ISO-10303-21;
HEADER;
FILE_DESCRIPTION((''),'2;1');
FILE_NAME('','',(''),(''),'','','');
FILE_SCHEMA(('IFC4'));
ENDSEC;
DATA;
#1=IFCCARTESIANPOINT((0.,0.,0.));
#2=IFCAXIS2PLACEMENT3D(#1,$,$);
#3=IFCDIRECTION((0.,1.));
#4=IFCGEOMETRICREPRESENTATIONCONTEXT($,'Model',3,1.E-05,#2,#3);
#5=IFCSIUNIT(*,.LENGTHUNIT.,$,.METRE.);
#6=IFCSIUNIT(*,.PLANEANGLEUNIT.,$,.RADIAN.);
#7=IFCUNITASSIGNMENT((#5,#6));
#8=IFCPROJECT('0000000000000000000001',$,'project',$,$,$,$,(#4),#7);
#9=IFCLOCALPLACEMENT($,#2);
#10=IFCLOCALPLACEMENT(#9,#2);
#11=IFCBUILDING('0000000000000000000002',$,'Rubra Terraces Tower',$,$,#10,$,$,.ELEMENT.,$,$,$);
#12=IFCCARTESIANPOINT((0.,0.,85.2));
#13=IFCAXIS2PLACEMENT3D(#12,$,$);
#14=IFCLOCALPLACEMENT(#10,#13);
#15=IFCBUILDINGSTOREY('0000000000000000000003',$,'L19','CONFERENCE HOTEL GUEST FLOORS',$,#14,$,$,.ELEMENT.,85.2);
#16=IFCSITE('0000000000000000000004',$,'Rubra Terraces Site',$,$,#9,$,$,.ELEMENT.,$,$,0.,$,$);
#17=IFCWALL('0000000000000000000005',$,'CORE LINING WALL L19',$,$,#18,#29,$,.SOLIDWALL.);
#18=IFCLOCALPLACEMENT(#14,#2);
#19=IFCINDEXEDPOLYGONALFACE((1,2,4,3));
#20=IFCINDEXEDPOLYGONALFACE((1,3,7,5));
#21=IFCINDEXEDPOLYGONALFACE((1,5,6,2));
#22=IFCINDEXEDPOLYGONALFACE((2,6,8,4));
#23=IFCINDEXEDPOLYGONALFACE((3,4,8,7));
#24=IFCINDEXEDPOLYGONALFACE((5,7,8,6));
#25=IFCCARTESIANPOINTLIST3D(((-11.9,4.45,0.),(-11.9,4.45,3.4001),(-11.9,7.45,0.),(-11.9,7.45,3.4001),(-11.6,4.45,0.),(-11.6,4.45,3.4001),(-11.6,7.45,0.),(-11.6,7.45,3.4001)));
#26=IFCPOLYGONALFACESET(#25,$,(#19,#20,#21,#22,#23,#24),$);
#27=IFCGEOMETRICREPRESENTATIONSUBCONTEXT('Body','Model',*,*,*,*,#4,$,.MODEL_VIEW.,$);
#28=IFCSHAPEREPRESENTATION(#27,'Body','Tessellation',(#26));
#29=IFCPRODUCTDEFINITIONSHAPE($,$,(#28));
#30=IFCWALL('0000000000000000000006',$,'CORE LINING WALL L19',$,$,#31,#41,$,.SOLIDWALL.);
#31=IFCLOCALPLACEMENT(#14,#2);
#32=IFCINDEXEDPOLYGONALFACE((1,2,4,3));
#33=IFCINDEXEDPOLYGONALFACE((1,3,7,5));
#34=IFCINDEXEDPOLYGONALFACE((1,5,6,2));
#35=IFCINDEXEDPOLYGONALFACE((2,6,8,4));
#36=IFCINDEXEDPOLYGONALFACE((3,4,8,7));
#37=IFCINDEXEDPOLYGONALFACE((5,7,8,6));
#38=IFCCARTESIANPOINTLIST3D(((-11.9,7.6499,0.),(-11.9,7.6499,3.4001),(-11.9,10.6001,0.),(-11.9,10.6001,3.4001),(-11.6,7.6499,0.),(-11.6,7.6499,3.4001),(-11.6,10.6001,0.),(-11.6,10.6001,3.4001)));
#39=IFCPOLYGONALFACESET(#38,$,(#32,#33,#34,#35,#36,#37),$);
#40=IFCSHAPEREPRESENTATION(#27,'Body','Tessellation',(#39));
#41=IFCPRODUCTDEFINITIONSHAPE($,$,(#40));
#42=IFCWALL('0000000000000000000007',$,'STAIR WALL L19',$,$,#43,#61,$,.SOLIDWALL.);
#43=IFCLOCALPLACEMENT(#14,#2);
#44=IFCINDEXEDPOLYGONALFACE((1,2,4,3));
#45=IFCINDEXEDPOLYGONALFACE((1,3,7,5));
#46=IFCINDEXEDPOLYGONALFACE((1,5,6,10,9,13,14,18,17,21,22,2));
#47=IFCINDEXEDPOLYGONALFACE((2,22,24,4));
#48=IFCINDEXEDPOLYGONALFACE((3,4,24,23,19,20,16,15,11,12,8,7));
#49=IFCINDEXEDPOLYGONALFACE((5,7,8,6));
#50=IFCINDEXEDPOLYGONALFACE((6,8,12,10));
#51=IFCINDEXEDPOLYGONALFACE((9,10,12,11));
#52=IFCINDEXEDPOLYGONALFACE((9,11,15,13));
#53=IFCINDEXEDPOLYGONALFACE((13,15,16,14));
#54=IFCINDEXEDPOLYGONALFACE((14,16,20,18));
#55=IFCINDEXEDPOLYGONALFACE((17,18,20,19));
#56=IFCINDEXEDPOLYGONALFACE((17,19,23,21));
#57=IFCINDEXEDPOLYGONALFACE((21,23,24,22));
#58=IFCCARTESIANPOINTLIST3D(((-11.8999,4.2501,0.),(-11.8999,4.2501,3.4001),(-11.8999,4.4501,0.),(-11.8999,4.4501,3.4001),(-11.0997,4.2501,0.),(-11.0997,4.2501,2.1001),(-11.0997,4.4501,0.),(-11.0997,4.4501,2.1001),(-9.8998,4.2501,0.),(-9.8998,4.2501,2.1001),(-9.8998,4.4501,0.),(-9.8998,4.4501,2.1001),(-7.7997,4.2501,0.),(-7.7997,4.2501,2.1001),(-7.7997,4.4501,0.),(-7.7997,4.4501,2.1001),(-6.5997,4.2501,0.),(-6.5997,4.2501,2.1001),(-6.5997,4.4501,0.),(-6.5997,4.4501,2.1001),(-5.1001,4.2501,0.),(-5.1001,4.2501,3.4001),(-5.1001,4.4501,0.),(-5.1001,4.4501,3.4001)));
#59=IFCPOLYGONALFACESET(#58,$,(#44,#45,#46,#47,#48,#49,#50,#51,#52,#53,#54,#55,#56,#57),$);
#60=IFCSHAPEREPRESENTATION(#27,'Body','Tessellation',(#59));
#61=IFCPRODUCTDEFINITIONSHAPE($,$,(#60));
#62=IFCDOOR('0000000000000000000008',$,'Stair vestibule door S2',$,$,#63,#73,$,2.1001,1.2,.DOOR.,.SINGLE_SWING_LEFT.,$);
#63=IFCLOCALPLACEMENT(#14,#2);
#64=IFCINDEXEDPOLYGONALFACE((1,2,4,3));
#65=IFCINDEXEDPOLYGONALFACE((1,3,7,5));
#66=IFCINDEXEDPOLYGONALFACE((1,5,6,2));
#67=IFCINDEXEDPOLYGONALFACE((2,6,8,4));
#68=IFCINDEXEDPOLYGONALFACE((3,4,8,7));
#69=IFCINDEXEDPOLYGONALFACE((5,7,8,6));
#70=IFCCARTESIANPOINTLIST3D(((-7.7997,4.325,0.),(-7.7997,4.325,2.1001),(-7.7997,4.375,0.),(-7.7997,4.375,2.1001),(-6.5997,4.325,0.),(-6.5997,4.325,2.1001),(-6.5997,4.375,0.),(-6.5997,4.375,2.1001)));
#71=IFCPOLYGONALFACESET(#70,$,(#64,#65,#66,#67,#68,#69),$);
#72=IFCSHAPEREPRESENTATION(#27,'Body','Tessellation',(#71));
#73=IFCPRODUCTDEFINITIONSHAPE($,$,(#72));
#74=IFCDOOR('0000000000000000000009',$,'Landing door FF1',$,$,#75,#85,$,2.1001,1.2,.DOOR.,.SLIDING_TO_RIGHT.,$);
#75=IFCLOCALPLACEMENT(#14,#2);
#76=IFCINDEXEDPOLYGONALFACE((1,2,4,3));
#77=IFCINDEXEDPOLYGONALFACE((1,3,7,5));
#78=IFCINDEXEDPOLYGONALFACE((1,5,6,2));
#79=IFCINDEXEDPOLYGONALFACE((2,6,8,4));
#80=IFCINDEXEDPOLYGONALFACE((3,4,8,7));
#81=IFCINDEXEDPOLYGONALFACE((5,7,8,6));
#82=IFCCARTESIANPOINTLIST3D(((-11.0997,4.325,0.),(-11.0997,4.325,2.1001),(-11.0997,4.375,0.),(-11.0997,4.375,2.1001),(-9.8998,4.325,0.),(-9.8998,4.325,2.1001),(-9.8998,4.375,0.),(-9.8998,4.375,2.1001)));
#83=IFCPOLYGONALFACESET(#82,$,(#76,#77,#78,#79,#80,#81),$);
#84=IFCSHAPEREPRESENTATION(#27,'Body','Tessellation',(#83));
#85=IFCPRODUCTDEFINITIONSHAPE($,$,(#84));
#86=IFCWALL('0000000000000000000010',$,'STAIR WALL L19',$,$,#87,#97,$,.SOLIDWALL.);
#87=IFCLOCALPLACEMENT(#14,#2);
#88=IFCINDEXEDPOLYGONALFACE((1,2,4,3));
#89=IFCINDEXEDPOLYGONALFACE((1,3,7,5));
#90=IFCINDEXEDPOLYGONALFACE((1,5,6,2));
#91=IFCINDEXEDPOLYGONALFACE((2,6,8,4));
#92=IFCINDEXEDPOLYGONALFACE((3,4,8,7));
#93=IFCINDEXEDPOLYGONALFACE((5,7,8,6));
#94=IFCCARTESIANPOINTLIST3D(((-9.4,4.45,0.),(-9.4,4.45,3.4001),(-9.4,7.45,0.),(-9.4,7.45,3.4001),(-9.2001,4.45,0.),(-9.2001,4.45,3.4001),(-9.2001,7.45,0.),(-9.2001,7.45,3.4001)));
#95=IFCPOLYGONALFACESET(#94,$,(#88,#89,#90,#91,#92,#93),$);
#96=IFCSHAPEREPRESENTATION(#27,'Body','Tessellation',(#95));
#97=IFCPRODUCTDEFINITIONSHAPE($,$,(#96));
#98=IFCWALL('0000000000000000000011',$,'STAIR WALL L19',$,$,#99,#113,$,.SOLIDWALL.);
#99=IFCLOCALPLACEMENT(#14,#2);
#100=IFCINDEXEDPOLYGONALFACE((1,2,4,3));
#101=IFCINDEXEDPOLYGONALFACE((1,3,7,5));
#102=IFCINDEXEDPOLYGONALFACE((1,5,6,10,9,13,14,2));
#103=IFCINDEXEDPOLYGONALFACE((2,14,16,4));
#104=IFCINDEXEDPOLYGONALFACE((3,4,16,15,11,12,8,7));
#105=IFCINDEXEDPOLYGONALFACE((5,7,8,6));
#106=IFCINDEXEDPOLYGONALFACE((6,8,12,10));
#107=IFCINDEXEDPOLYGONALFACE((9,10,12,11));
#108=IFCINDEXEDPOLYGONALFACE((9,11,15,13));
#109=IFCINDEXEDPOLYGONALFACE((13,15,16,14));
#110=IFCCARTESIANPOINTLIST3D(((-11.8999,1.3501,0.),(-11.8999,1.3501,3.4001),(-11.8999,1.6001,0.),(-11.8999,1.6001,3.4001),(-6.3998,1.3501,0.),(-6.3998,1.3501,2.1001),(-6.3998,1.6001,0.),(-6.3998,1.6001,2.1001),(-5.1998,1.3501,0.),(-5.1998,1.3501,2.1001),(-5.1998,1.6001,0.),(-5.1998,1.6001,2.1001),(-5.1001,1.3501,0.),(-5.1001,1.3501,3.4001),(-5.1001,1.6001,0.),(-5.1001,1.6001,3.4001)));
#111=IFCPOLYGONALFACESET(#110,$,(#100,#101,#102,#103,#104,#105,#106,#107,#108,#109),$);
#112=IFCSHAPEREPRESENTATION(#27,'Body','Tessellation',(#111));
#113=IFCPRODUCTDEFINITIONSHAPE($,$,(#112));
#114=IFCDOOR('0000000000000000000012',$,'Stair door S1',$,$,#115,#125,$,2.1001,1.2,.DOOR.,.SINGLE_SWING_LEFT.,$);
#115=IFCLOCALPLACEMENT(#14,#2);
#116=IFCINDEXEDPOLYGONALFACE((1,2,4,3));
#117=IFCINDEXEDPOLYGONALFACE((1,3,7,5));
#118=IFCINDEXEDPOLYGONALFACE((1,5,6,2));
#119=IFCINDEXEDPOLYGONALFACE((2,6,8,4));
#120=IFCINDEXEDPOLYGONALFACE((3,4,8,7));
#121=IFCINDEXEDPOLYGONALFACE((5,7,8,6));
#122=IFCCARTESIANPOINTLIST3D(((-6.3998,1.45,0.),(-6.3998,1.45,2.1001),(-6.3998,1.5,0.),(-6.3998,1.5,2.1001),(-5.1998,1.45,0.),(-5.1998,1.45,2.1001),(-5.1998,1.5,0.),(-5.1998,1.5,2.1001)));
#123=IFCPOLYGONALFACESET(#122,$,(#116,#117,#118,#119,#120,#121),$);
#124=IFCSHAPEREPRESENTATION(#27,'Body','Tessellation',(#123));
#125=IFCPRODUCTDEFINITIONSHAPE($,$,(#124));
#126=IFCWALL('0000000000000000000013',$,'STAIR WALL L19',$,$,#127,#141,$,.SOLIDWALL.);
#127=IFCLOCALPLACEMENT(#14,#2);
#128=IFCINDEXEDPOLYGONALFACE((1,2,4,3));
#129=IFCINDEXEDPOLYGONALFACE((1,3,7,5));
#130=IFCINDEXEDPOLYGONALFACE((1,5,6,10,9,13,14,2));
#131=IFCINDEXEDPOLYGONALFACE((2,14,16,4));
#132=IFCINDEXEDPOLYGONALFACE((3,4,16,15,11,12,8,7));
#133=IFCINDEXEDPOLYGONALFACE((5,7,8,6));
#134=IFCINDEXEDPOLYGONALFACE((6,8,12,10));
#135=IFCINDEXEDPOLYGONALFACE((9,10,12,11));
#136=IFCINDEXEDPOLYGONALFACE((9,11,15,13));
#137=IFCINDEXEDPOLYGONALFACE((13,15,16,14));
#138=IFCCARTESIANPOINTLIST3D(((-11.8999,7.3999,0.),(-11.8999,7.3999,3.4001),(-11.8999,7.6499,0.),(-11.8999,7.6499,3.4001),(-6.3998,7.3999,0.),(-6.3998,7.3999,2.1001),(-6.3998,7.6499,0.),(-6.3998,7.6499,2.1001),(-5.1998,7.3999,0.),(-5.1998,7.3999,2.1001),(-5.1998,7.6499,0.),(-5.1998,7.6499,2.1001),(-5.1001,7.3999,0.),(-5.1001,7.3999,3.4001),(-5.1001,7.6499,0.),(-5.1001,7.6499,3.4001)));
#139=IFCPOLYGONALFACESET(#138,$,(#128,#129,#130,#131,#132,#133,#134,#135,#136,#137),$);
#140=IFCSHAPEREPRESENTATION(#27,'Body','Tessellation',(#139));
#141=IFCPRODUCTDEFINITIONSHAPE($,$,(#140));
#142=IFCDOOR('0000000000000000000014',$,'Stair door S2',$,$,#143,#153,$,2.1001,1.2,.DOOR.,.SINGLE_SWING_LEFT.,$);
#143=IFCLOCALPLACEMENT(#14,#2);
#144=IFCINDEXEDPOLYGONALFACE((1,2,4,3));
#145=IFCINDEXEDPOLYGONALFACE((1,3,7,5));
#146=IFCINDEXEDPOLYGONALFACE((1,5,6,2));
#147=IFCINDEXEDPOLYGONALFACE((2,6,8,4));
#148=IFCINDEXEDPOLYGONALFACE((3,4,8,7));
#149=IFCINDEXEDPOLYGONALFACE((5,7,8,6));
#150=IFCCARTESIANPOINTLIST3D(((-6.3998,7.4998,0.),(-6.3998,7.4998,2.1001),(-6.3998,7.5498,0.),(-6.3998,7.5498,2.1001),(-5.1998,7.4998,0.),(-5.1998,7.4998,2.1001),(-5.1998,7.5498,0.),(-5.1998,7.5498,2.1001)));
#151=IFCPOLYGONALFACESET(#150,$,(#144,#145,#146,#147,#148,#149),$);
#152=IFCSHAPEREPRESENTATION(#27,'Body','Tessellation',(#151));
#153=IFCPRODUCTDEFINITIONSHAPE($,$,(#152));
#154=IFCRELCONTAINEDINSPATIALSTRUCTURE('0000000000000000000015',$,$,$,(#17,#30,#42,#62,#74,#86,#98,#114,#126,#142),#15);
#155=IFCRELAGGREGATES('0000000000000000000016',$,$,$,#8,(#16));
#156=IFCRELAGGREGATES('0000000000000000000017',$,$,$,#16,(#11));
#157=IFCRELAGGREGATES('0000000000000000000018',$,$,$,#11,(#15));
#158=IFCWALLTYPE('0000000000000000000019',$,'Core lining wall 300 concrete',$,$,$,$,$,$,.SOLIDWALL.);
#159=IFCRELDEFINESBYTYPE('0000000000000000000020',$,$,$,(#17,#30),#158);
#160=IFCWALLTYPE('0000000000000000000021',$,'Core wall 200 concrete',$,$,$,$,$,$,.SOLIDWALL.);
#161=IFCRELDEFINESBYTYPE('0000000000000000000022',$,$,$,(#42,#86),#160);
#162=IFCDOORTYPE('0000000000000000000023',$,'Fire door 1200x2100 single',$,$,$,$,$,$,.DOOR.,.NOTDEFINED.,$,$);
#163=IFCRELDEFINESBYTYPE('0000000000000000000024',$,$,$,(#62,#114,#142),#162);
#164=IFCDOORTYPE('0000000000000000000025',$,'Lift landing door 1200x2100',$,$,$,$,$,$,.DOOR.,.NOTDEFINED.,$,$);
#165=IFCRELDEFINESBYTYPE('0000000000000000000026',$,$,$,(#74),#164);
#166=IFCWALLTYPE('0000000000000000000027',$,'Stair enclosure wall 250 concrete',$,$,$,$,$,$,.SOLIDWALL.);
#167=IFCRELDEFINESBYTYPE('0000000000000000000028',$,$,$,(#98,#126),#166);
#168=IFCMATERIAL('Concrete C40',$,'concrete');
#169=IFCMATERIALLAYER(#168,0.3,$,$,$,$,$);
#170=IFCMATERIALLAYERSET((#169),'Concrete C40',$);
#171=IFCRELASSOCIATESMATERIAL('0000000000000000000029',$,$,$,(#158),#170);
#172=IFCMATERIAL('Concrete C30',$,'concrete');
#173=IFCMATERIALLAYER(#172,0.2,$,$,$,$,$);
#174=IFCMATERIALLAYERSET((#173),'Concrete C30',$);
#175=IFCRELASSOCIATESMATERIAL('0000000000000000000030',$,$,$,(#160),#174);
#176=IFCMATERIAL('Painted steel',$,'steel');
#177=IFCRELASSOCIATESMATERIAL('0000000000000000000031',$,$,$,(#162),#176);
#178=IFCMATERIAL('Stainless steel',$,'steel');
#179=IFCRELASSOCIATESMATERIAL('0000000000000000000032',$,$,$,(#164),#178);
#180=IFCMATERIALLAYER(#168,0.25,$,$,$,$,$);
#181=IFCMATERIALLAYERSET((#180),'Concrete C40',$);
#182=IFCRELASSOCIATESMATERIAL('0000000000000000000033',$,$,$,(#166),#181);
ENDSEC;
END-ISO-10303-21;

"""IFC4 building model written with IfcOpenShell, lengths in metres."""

from ifc_helpers import new_model, si_unit, direction, frame, frame_2d, origin, place, context, subcontext, project, spatial, rectangle, extrude, material, layer, layer_set, type_object, element, fill, save


model = new_model("IFC4")

# Units and contexts
model_context = context("Model", 3, precision=1e-05, world=origin(), true_north=direction((0.0, 1.0)))
body_context = subcontext(model_context, "Body", "Model", "MODEL_VIEW")
ifc_project = project(units=[si_unit("LENGTHUNIT", "METRE"), si_unit("PLANEANGLEUNIT", "RADIAN")], contexts=[model_context])

# Site, building, storey
site_placement = place(None, origin())
site = spatial("IfcSite", under=ifc_project, at=site_placement, Name="Rubra Terraces Site", CompositionType="ELEMENT", RefElevation=0.0)
building_placement = place(site_placement, origin())
building = spatial("IfcBuilding", under=site, at=building_placement, Name="Rubra Terraces Tower", CompositionType="ELEMENT")
storey_placement = place(building_placement, frame((0.0, 0.0, 85.2)))
storey = spatial("IfcBuildingStorey", under=building, at=storey_placement, Name="L19", Description="CONFERENCE HOTEL GUEST FLOORS", CompositionType="ELEMENT", Elevation=85.2)

# Walls
ifc_material_1 = material(Name="Concrete C40", Category="concrete")
ifc_layer_1 = layer(ifc_material_1, 0.3)
ifc_layer_set_1 = layer_set([ifc_layer_1], Name="Concrete C40")
wall_type_1 = type_object("IfcWallType", Name="Core lining wall 300 concrete", PredefinedType="SOLIDWALL", material=ifc_layer_set_1)
wall_1_placement = place(storey_placement, frame((-11.75, 4.45, 0.0), z_axis=(0.0, 0.0, 1.0), x_axis=(0.0, 1.0, 0.0)))
element("IfcWall", 1, at=wall_1_placement, inside=storey, type_object=wall_type_1, Name="CORE LINING WALL L19", PredefinedType="SOLIDWALL", context=body_context, shape_type="SweptSolid", body=[
    extrude(rectangle(XDim=3.0, YDim=0.3, at=frame_2d((1.5, 0.0))), origin(), (0.0, 0.0, 1.0), 3.4001),
])
wall_2_placement = place(storey_placement, frame((-11.75, 7.6499, 0.0), z_axis=(0.0, 0.0, 1.0), x_axis=(0.0, 1.0, 0.0)))
element("IfcWall", 2, at=wall_2_placement, inside=storey, type_object=wall_type_1, Name="CORE LINING WALL L19", PredefinedType="SOLIDWALL", context=body_context, shape_type="SweptSolid", body=[
    extrude(rectangle(XDim=2.9502, YDim=0.3, at=frame_2d((1.4751, 0.0))), origin(), (0.0, 0.0, 1.0), 3.4001),
])

# Wall, openings, doors
ifc_material_2 = material(Name="Concrete C30", Category="concrete")
ifc_layer_2 = layer(ifc_material_2, 0.2)
ifc_layer_set_2 = layer_set([ifc_layer_2], Name="Concrete C30")
wall_type_2 = type_object("IfcWallType", Name="Core wall 200 concrete", PredefinedType="SOLIDWALL", material=ifc_layer_set_2)
wall_3_placement = place(storey_placement, frame((-11.8999, 4.3501, 0.0), z_axis=(0.0, 0.0, 1.0), x_axis=(1.0, 0.0, 0.0)))
wall_3 = element("IfcWall", 3, at=wall_3_placement, inside=storey, type_object=wall_type_2, Name="STAIR WALL L19", PredefinedType="SOLIDWALL", context=body_context, shape_type="SweptSolid", body=[
    extrude(rectangle(XDim=6.7998, YDim=0.2, at=frame_2d((3.3999, 0.0))), origin(), (0.0, 0.0, 1.0), 3.4001),
])
opening_1_placement = place(wall_3_placement, frame((4.1001, 0.0, 0.0)))
opening_1 = element("IfcOpeningElement", 4, at=opening_1_placement, cuts=wall_3, PredefinedType="OPENING", context=body_context, shape_type="SweptSolid", body=[
    extrude(rectangle(XDim=1.2, YDim=2.1001, at=frame_2d((0.6001, 1.05))), frame((0.0, 0.1099, 0.0), z_axis=(0.0, -1.0, 0.0), x_axis=(1.0, 0.0, 0.0)), (0.0, 0.0, 1.0), 0.22),
])
opening_2_placement = place(wall_3_placement, frame((0.8, 0.0, 0.0)))
opening_2 = element("IfcOpeningElement", 5, at=opening_2_placement, cuts=wall_3, PredefinedType="OPENING", context=body_context, shape_type="SweptSolid", body=[
    extrude(rectangle(XDim=1.2, YDim=2.1001, at=frame_2d((0.6001, 1.05))), frame((0.0, 0.1099, 0.0), z_axis=(0.0, -1.0, 0.0), x_axis=(1.0, 0.0, 0.0)), (0.0, 0.0, 1.0), 0.22),
])
ifc_material_3 = material(Name="Painted steel", Category="steel")
door_type_1 = type_object("IfcDoorType", Name="Fire door 1200x2100 single", OperationType="NOTDEFINED", PredefinedType="DOOR", material=ifc_material_3)
door_1_placement = place(opening_1_placement, origin())
door_1 = element("IfcDoor", 6, at=door_1_placement, inside=storey, type_object=door_type_1, Name="Stair vestibule door S2", OperationType="SINGLE_SWING_LEFT", OverallHeight=2.1001, OverallWidth=1.2, PredefinedType="DOOR", context=body_context, shape_type="SweptSolid", body=[
    extrude(rectangle(XDim=1.2, YDim=2.1001, at=frame_2d((0.6001, 1.05))), frame((0.0, 0.0249, 0.0), z_axis=(0.0, -1.0, 0.0), x_axis=(1.0, 0.0, 0.0)), (0.0, 0.0, 1.0), 0.05),
])
fill(opening_1, door_1)
ifc_material_4 = material(Name="Stainless steel", Category="steel")
door_type_2 = type_object("IfcDoorType", Name="Lift landing door 1200x2100", OperationType="NOTDEFINED", PredefinedType="DOOR", material=ifc_material_4)
door_2_placement = place(opening_2_placement, origin())
door_2 = element("IfcDoor", 7, at=door_2_placement, inside=storey, type_object=door_type_2, Name="Landing door FF1", OperationType="SLIDING_TO_RIGHT", OverallHeight=2.1001, OverallWidth=1.2, PredefinedType="DOOR", context=body_context, shape_type="SweptSolid", body=[
    extrude(rectangle(XDim=1.2, YDim=2.1001, at=frame_2d((0.6001, 1.05))), frame((0.0, 0.0249, 0.0), z_axis=(0.0, -1.0, 0.0), x_axis=(1.0, 0.0, 0.0)), (0.0, 0.0, 1.0), 0.05),
])
fill(opening_2, door_2)

# Wall
wall_4_placement = place(storey_placement, frame((-9.3, 4.45, 0.0), z_axis=(0.0, 0.0, 1.0), x_axis=(0.0, 1.0, 0.0)))
element("IfcWall", 8, at=wall_4_placement, inside=storey, type_object=wall_type_2, Name="STAIR WALL L19", PredefinedType="SOLIDWALL", context=body_context, shape_type="SweptSolid", body=[
    extrude(rectangle(XDim=3.0, YDim=0.2, at=frame_2d((1.5, 0.0))), origin(), (0.0, 0.0, 1.0), 3.4001),
])

# Walls, openings, doors
ifc_layer_3 = layer(ifc_material_1, 0.25)
ifc_layer_set_3 = layer_set([ifc_layer_3], Name="Concrete C40")
wall_type_3 = type_object("IfcWallType", Name="Stair enclosure wall 250 concrete", PredefinedType="SOLIDWALL", material=ifc_layer_set_3)
wall_5_placement = place(storey_placement, frame((-11.8999, 1.4751, 0.0), z_axis=(0.0, 0.0, 1.0), x_axis=(1.0, 0.0, 0.0)))
wall_5 = element("IfcWall", 9, at=wall_5_placement, inside=storey, type_object=wall_type_3, Name="STAIR WALL L19", PredefinedType="SOLIDWALL", context=body_context, shape_type="SweptSolid", body=[
    extrude(rectangle(XDim=6.7998, YDim=0.25, at=frame_2d((3.3999, 0.0))), origin(), (0.0, 0.0, 1.0), 3.4001),
])
opening_3_placement = place(wall_5_placement, frame((5.5, 0.0, 0.0)))
opening_3 = element("IfcOpeningElement", 10, at=opening_3_placement, cuts=wall_5, PredefinedType="OPENING", context=body_context, shape_type="SweptSolid", body=[
    extrude(rectangle(XDim=1.2, YDim=2.1001, at=frame_2d((0.6001, 1.05))), frame((0.0, 0.135, 0.0), z_axis=(0.0, -1.0, 0.0), x_axis=(1.0, 0.0, 0.0)), (0.0, 0.0, 1.0), 0.27),
])
door_3_placement = place(opening_3_placement, origin())
door_3 = element("IfcDoor", 11, at=door_3_placement, inside=storey, type_object=door_type_1, Name="Stair door S1", OperationType="SINGLE_SWING_LEFT", OverallHeight=2.1001, OverallWidth=1.2, PredefinedType="DOOR", context=body_context, shape_type="SweptSolid", body=[
    extrude(rectangle(XDim=1.2, YDim=2.1001, at=frame_2d((0.6001, 1.05))), frame((0.0, 0.0249, 0.0), z_axis=(0.0, -1.0, 0.0), x_axis=(1.0, 0.0, 0.0)), (0.0, 0.0, 1.0), 0.05),
])
fill(opening_3, door_3)
wall_6_placement = place(storey_placement, frame((-11.8999, 7.5249, 0.0), z_axis=(0.0, 0.0, 1.0), x_axis=(1.0, 0.0, 0.0)))
wall_6 = element("IfcWall", 12, at=wall_6_placement, inside=storey, type_object=wall_type_3, Name="STAIR WALL L19", PredefinedType="SOLIDWALL", context=body_context, shape_type="SweptSolid", body=[
    extrude(rectangle(XDim=6.7998, YDim=0.25, at=frame_2d((3.3999, 0.0))), origin(), (0.0, 0.0, 1.0), 3.4001),
])
opening_4_placement = place(wall_6_placement, frame((5.5, 0.0, 0.0)))
opening_4 = element("IfcOpeningElement", 13, at=opening_4_placement, cuts=wall_6, PredefinedType="OPENING", context=body_context, shape_type="SweptSolid", body=[
    extrude(rectangle(XDim=1.2, YDim=2.1001, at=frame_2d((0.6001, 1.05))), frame((0.0, 0.135, 0.0), z_axis=(0.0, -1.0, 0.0), x_axis=(1.0, 0.0, 0.0)), (0.0, 0.0, 1.0), 0.27),
])
door_4_placement = place(opening_4_placement, origin())
door_4 = element("IfcDoor", 14, at=door_4_placement, inside=storey, type_object=door_type_1, Name="Stair door S2", OperationType="SINGLE_SWING_LEFT", OverallHeight=2.1001, OverallWidth=1.2, PredefinedType="DOOR", context=body_context, shape_type="SweptSolid", body=[
    extrude(rectangle(XDim=1.2, YDim=2.1001, at=frame_2d((0.6001, 1.05))), frame((0.0, 0.0249, 0.0), z_axis=(0.0, -1.0, 0.0), x_axis=(1.0, 0.0, 0.0)), (0.0, 0.0, 1.0), 0.05),
])
fill(opening_4, door_4)

save(model, "model.ifc")
